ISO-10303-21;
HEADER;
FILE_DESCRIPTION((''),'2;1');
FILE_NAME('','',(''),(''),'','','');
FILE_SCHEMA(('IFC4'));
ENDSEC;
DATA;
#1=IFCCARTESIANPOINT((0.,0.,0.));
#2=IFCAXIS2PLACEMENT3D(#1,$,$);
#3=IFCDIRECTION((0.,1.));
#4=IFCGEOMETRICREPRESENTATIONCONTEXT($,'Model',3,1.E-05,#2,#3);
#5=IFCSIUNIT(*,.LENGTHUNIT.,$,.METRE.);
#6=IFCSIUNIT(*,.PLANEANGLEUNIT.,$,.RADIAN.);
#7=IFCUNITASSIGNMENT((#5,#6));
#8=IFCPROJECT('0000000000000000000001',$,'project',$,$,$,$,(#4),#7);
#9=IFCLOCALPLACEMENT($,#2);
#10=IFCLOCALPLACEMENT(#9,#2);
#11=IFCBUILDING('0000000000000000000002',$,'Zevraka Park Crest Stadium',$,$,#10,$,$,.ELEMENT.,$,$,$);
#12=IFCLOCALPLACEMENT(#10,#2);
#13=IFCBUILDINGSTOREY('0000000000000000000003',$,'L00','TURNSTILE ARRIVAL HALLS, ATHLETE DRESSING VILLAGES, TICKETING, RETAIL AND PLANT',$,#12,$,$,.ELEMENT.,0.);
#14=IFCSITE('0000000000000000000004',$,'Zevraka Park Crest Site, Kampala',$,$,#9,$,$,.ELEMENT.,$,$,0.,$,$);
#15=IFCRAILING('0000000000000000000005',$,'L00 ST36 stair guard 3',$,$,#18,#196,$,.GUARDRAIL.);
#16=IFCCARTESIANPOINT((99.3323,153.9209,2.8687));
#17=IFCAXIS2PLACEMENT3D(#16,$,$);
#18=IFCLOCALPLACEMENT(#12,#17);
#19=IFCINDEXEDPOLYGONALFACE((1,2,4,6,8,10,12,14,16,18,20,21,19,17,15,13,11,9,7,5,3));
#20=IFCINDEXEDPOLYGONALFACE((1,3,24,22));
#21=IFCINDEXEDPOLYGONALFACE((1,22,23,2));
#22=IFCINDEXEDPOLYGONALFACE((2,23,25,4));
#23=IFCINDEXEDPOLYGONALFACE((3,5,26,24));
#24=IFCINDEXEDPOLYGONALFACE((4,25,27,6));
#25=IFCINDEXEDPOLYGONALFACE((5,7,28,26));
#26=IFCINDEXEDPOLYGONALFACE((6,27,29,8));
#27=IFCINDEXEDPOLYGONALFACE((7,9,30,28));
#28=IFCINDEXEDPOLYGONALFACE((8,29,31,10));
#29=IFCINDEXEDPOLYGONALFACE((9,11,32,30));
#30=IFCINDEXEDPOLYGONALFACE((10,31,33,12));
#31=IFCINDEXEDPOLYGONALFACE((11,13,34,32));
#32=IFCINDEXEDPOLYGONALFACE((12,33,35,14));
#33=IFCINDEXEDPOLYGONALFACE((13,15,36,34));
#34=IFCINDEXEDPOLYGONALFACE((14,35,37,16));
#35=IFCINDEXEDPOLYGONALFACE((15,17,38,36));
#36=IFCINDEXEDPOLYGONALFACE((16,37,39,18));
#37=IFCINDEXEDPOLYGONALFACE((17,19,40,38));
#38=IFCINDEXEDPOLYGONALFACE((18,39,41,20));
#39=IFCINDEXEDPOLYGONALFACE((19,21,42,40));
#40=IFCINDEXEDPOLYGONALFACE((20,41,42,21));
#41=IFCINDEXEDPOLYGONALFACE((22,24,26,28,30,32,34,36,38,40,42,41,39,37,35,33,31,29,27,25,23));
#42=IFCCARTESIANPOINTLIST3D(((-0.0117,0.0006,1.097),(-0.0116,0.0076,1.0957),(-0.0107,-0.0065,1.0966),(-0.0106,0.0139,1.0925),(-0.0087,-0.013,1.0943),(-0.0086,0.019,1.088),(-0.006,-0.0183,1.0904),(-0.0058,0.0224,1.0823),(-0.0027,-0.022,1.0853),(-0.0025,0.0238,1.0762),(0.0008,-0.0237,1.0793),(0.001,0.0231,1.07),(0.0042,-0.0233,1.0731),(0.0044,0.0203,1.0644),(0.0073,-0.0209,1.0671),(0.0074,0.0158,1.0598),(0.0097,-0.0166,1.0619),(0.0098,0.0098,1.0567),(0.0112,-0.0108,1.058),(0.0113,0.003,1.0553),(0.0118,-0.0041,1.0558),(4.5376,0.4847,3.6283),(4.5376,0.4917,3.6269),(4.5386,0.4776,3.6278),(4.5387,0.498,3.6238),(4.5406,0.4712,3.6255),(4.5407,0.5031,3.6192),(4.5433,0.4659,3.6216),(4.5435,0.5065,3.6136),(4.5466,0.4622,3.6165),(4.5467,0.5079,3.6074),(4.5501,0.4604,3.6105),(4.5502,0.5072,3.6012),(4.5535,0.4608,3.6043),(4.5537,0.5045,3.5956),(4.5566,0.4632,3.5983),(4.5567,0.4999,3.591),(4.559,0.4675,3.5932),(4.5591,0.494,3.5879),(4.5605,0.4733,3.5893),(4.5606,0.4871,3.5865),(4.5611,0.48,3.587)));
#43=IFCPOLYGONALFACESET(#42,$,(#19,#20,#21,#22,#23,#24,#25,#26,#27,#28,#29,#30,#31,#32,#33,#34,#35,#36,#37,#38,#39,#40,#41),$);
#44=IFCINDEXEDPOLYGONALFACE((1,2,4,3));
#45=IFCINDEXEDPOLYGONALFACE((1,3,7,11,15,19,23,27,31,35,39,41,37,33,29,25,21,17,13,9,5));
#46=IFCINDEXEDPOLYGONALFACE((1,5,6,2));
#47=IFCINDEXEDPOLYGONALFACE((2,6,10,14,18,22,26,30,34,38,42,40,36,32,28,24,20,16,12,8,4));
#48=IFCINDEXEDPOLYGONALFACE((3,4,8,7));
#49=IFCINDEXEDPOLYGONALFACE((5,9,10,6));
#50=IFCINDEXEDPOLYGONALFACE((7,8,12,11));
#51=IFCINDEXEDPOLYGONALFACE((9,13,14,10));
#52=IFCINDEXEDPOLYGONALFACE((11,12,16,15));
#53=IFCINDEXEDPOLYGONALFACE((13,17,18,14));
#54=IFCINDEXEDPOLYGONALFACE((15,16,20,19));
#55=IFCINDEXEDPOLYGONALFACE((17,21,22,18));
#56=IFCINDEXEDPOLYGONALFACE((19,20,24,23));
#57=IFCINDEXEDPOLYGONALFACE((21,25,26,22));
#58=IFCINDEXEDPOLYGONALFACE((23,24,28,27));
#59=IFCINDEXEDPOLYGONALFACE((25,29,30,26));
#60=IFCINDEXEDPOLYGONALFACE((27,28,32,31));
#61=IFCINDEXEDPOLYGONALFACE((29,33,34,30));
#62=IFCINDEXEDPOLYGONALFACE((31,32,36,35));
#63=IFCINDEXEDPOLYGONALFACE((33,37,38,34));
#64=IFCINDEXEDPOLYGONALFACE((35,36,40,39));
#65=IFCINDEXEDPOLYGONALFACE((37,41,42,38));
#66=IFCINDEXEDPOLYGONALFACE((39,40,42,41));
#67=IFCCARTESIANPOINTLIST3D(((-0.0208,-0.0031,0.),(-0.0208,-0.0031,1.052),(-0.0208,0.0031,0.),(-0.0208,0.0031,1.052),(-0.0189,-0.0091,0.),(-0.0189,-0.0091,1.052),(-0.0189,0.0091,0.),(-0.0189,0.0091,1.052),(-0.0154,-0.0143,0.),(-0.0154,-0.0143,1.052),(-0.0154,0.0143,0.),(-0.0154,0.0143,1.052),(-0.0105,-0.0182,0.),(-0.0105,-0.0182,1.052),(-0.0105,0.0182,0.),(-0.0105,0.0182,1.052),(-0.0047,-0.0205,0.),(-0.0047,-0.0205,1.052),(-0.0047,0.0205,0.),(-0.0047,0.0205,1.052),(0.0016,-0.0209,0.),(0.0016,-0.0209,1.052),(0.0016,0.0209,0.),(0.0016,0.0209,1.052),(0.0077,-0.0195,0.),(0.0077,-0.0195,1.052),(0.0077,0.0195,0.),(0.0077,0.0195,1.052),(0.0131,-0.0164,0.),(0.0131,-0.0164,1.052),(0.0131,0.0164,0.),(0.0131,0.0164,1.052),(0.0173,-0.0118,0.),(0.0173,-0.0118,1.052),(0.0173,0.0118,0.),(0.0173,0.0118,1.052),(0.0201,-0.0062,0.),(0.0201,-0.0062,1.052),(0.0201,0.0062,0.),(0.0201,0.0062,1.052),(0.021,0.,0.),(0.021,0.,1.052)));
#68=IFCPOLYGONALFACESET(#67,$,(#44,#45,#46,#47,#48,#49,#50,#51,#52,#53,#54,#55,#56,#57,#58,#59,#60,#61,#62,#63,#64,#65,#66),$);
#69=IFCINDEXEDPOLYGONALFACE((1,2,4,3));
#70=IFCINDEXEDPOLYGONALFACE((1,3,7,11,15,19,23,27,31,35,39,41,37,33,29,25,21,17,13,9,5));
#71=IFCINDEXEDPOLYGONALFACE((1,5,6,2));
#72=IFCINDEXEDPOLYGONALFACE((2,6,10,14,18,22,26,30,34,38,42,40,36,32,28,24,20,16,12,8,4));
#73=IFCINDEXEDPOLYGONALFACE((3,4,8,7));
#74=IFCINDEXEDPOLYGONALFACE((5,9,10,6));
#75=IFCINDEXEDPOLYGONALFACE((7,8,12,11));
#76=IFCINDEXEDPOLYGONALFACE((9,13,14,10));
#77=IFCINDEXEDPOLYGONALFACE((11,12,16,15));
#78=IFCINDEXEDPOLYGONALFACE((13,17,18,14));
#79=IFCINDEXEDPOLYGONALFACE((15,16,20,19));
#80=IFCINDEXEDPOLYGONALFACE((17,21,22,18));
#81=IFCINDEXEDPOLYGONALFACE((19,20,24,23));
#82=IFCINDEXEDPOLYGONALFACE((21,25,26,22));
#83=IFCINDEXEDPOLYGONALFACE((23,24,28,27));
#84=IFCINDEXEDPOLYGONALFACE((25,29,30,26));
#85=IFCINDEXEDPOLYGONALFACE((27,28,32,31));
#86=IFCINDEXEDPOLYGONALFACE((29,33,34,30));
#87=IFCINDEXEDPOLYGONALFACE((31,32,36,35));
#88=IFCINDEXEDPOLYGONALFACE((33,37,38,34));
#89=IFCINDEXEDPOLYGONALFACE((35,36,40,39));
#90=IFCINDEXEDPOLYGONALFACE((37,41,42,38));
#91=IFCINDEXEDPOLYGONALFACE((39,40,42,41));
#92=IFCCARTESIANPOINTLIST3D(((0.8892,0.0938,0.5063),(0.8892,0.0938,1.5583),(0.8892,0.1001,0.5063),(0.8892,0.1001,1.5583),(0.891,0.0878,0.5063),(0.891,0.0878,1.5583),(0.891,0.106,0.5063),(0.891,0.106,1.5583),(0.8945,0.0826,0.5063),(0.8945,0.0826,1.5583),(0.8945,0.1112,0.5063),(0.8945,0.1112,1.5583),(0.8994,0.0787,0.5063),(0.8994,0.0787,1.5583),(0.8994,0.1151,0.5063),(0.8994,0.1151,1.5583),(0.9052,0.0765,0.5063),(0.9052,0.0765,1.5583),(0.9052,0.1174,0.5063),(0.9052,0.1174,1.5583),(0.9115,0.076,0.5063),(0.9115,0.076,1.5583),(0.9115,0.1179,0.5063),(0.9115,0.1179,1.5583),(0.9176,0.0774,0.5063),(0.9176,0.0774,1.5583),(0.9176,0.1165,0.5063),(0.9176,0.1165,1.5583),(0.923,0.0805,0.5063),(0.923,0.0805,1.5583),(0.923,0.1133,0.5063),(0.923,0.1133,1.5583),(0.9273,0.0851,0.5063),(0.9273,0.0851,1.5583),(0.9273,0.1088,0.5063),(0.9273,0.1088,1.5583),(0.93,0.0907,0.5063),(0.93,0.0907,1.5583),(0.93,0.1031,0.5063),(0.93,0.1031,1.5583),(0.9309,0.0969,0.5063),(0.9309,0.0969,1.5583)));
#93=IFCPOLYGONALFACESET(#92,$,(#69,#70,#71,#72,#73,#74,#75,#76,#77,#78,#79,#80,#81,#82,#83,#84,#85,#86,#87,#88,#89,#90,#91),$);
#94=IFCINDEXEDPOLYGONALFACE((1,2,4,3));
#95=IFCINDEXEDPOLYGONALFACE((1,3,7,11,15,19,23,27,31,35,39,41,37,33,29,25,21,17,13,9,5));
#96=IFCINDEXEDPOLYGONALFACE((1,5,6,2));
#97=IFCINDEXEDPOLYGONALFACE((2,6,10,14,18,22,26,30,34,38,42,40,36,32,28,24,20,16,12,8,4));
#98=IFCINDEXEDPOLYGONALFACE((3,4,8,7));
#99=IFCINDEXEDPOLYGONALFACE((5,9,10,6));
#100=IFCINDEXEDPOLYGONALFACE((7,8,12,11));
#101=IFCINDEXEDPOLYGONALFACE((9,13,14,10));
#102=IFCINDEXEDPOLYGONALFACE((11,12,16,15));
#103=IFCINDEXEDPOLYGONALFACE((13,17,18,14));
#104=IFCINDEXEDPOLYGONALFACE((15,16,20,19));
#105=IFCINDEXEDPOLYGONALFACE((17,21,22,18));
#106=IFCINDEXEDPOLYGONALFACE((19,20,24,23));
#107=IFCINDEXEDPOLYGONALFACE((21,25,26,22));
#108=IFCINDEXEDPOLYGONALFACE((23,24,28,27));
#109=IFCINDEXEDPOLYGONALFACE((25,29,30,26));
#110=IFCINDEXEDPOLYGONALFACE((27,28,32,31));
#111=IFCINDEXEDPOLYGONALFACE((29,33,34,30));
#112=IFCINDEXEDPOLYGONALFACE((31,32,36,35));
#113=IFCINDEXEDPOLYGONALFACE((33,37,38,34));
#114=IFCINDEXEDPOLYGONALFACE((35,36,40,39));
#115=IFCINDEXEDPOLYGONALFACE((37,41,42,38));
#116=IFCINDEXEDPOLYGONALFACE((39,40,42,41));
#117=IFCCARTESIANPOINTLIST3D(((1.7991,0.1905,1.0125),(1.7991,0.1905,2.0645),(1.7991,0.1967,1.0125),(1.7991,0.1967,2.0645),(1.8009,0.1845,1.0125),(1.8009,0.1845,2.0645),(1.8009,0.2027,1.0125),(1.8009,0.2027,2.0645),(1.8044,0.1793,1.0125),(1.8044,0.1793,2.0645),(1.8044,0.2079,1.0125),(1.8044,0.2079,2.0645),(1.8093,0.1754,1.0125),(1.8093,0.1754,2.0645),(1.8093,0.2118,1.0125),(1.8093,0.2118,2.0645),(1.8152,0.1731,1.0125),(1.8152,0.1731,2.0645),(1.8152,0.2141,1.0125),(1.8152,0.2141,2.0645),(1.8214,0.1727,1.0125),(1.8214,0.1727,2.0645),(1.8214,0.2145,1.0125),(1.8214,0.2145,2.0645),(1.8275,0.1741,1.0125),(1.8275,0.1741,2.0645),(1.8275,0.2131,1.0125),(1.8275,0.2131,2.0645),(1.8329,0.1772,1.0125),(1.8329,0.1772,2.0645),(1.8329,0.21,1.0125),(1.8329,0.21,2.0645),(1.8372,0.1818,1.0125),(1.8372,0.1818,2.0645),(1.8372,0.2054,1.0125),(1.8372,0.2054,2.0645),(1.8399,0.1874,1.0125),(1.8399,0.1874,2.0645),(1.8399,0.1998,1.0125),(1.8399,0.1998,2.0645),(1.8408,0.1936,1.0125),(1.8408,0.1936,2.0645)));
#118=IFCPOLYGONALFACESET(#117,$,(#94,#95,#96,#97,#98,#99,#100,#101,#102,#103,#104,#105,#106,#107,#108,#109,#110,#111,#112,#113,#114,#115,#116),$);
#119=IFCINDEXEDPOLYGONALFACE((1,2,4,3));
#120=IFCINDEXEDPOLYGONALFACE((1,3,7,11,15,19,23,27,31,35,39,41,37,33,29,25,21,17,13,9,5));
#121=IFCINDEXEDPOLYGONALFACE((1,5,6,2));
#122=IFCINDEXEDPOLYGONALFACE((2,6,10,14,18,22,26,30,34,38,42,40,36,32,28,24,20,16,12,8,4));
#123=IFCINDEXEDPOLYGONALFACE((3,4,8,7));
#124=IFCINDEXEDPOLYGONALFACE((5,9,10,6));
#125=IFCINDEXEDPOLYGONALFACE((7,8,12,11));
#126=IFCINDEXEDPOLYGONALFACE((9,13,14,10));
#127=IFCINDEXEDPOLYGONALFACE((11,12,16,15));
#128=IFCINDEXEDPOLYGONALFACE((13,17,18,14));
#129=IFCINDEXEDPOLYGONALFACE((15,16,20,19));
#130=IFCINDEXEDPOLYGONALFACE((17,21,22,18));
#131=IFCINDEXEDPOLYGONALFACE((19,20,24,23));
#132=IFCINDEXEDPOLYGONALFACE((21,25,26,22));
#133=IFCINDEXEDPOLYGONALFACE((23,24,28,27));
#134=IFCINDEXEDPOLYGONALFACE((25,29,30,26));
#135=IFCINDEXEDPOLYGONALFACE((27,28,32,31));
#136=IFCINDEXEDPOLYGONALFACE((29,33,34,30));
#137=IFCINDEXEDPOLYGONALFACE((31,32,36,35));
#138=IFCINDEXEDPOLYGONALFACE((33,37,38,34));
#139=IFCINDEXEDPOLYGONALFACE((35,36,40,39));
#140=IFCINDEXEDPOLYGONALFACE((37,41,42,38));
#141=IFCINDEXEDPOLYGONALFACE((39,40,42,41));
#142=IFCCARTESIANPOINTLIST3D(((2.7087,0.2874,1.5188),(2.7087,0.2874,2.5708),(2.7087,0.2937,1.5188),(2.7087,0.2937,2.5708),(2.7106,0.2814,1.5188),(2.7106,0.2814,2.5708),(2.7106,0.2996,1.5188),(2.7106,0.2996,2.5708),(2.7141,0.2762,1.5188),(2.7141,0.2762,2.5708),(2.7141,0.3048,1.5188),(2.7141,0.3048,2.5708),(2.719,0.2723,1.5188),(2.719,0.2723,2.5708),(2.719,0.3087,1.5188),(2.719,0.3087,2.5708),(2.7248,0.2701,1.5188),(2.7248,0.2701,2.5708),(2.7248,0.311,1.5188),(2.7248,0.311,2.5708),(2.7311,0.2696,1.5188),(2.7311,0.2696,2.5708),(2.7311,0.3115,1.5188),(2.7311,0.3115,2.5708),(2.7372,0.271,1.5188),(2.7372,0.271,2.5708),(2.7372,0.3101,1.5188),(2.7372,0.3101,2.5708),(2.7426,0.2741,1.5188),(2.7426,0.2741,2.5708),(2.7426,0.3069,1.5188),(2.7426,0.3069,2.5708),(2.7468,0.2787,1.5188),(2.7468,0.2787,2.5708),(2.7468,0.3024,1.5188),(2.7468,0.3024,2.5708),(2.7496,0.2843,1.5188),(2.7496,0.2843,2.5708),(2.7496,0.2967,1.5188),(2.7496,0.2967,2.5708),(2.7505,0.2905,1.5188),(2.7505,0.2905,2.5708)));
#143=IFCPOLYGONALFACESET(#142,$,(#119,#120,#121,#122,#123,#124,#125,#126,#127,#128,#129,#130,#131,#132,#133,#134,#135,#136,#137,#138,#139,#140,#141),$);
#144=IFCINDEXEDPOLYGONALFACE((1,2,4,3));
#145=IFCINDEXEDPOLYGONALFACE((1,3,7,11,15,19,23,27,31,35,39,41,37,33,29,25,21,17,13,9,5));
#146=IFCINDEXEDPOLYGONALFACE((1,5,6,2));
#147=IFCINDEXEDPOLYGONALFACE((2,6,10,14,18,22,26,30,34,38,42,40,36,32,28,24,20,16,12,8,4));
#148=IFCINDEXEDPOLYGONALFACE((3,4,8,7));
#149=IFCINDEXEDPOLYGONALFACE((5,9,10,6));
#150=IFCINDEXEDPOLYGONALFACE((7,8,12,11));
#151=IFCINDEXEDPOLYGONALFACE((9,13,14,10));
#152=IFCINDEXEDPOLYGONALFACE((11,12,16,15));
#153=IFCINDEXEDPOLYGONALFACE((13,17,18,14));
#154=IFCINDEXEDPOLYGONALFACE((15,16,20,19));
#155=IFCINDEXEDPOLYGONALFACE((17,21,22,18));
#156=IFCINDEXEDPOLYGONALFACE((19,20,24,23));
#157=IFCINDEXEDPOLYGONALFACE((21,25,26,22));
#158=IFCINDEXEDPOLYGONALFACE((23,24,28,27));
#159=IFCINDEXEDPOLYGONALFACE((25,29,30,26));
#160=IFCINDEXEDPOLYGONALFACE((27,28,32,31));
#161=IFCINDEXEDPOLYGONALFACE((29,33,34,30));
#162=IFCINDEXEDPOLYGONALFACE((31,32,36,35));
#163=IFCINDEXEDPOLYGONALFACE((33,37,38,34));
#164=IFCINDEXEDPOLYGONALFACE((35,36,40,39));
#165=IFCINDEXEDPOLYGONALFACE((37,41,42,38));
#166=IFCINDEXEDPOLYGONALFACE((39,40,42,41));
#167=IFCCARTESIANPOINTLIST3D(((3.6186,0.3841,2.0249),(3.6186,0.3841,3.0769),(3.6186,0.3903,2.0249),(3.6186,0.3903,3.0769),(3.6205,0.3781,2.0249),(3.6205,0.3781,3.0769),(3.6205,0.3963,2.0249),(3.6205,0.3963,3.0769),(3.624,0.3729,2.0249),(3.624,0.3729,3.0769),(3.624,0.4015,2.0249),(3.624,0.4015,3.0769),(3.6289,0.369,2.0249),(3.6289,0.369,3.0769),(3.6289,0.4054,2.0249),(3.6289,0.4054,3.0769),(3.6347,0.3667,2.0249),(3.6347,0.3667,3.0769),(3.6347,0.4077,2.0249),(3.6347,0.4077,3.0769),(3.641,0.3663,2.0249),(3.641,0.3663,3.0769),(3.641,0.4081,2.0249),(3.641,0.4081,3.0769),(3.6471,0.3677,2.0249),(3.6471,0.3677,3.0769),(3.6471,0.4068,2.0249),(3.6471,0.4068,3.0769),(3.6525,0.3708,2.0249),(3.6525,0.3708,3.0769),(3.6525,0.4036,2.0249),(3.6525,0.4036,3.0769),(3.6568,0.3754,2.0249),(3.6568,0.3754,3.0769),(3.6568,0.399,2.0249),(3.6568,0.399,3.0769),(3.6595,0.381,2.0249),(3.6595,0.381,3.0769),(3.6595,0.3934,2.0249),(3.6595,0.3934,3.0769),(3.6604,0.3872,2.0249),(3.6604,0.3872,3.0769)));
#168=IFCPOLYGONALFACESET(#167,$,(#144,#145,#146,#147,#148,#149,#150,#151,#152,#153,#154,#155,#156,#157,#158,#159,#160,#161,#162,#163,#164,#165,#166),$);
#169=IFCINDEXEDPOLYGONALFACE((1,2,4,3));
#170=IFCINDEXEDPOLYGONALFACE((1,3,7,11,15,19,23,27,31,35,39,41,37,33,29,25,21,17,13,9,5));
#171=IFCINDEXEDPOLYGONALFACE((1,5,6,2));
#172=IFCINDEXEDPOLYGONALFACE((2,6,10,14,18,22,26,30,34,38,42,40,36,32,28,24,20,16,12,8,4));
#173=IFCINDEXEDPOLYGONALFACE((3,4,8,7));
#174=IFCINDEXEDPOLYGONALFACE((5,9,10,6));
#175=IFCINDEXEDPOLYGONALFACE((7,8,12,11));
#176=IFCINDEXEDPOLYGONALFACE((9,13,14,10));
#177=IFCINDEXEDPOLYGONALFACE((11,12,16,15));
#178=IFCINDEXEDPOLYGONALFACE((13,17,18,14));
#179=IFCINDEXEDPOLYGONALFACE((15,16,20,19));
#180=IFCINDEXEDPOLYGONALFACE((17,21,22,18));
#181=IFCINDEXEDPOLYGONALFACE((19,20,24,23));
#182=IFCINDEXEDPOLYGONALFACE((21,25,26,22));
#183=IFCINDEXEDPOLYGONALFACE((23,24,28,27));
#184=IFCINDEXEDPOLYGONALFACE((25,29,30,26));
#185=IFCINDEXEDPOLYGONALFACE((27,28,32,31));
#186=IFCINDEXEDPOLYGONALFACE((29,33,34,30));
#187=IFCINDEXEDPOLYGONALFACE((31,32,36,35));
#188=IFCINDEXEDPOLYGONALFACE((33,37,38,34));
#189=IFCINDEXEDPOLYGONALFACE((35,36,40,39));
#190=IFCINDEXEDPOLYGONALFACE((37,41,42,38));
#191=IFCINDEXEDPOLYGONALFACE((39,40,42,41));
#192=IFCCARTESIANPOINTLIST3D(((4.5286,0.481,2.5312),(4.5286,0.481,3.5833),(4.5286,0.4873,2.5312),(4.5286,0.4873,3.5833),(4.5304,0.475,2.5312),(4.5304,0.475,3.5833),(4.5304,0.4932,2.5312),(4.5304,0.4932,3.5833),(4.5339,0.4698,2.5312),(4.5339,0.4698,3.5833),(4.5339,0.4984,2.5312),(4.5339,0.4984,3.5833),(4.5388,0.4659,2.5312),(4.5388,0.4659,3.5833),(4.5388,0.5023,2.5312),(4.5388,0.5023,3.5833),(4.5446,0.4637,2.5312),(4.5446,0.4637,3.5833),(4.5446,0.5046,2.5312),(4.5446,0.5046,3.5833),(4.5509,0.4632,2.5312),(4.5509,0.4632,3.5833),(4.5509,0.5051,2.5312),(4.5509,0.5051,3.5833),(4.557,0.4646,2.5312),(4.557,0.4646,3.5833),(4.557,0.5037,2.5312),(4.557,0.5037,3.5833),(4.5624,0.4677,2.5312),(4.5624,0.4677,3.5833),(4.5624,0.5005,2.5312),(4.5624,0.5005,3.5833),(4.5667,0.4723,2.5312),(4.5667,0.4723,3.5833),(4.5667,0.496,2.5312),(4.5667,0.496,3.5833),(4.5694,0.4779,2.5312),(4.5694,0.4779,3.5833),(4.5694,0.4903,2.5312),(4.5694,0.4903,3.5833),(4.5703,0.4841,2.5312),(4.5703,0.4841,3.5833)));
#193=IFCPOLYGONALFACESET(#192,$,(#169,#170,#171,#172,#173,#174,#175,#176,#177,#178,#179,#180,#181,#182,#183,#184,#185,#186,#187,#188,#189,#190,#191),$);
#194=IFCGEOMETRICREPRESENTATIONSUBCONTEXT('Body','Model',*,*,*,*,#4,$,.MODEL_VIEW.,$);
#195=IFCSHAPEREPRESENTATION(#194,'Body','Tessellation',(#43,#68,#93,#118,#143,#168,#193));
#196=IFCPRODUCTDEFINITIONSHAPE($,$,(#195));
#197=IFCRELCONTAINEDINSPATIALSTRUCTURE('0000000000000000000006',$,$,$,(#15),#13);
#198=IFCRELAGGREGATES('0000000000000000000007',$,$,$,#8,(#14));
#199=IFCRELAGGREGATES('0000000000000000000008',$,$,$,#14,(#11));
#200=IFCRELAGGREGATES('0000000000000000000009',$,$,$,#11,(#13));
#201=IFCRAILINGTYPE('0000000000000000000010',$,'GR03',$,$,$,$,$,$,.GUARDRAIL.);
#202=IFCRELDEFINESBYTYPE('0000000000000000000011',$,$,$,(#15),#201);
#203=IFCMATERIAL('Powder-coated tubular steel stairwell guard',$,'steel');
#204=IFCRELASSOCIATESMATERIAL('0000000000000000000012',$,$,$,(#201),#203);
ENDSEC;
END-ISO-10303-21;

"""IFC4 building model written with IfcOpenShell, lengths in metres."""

from ifc_helpers import new_model, si_unit, direction, frame, origin, origin_2d, place, context, subcontext, project, spatial, circle, extrude, material, type_object, element, save


model = new_model("IFC4")

# Units and contexts
model_context = context("Model", 3, precision=1e-05, world=origin(), true_north=direction((0.0, 1.0)))
body_context = subcontext(model_context, "Body", "Model", "MODEL_VIEW")
ifc_project = project(units=[si_unit("LENGTHUNIT", "METRE"), si_unit("PLANEANGLEUNIT", "RADIAN")], contexts=[model_context])

# Site, building, storey
site_placement = place(None, origin())
site = spatial("IfcSite", under=ifc_project, at=site_placement, Name="Zevraka Park Crest Site, Kampala", CompositionType="ELEMENT", RefElevation=0.0)
building_placement = place(site_placement, origin())
building = spatial("IfcBuilding", under=site, at=building_placement, Name="Zevraka Park Crest Stadium", CompositionType="ELEMENT")
storey_placement = place(building_placement, origin())
storey = spatial("IfcBuildingStorey", under=building, at=storey_placement, Name="L00", Description="TURNSTILE ARRIVAL HALLS, ATHLETE DRESSING VILLAGES, TICKETING, RETAIL AND PLANT", CompositionType="ELEMENT", Elevation=0.0)

# Railing
ifc_material_1 = material(Name="Powder-coated tubular steel stairwell guard", Category="steel")
railing_type_1 = type_object("IfcRailingType", Name="GR03", PredefinedType="GUARDRAIL", material=ifc_material_1)
railing_1_placement = place(storey_placement, frame((99.3323, 153.9209, 2.8687)))
element("IfcRailing", 1, at=railing_1_placement, inside=storey, type_object=railing_type_1, Name="L00 ST36 stair guard 3", PredefinedType="GUARDRAIL", context=body_context, shape_type="SweptSolid", body=[
    extrude(circle(Radius=0.0239, at=origin_2d()), frame((0.0, 0.0, 1.0762), z_axis=(0.870089, 0.092593, 0.484119), x_axis=(-0.105821, 0.994385, 0.0)), (0.0, 0.0, 1.0), 5.2285),
    extrude(circle(Radius=0.021, at=origin_2d()), origin(), (0.0, 0.0, 1.0), 1.052),
    extrude(circle(Radius=0.021, at=origin_2d()), frame((0.9099, 0.0969, 0.5063)), (0.0, 0.0, 1.0), 1.052),
    extrude(circle(Radius=0.021, at=origin_2d()), frame((1.8198, 0.1936, 1.0125)), (0.0, 0.0, 1.0), 1.052),
    extrude(circle(Radius=0.021, at=origin_2d()), frame((2.7295, 0.2905, 1.5188)), (0.0, 0.0, 1.0), 1.052),
    extrude(circle(Radius=0.021, at=origin_2d()), frame((3.6394, 0.3872, 2.0249)), (0.0, 0.0, 1.0), 1.052),
    extrude(circle(Radius=0.021, at=origin_2d()), frame((4.5493, 0.4841, 2.5312)), (0.0, 0.0, 1.0), 1.052),
])

save(model, "model.ifc")
